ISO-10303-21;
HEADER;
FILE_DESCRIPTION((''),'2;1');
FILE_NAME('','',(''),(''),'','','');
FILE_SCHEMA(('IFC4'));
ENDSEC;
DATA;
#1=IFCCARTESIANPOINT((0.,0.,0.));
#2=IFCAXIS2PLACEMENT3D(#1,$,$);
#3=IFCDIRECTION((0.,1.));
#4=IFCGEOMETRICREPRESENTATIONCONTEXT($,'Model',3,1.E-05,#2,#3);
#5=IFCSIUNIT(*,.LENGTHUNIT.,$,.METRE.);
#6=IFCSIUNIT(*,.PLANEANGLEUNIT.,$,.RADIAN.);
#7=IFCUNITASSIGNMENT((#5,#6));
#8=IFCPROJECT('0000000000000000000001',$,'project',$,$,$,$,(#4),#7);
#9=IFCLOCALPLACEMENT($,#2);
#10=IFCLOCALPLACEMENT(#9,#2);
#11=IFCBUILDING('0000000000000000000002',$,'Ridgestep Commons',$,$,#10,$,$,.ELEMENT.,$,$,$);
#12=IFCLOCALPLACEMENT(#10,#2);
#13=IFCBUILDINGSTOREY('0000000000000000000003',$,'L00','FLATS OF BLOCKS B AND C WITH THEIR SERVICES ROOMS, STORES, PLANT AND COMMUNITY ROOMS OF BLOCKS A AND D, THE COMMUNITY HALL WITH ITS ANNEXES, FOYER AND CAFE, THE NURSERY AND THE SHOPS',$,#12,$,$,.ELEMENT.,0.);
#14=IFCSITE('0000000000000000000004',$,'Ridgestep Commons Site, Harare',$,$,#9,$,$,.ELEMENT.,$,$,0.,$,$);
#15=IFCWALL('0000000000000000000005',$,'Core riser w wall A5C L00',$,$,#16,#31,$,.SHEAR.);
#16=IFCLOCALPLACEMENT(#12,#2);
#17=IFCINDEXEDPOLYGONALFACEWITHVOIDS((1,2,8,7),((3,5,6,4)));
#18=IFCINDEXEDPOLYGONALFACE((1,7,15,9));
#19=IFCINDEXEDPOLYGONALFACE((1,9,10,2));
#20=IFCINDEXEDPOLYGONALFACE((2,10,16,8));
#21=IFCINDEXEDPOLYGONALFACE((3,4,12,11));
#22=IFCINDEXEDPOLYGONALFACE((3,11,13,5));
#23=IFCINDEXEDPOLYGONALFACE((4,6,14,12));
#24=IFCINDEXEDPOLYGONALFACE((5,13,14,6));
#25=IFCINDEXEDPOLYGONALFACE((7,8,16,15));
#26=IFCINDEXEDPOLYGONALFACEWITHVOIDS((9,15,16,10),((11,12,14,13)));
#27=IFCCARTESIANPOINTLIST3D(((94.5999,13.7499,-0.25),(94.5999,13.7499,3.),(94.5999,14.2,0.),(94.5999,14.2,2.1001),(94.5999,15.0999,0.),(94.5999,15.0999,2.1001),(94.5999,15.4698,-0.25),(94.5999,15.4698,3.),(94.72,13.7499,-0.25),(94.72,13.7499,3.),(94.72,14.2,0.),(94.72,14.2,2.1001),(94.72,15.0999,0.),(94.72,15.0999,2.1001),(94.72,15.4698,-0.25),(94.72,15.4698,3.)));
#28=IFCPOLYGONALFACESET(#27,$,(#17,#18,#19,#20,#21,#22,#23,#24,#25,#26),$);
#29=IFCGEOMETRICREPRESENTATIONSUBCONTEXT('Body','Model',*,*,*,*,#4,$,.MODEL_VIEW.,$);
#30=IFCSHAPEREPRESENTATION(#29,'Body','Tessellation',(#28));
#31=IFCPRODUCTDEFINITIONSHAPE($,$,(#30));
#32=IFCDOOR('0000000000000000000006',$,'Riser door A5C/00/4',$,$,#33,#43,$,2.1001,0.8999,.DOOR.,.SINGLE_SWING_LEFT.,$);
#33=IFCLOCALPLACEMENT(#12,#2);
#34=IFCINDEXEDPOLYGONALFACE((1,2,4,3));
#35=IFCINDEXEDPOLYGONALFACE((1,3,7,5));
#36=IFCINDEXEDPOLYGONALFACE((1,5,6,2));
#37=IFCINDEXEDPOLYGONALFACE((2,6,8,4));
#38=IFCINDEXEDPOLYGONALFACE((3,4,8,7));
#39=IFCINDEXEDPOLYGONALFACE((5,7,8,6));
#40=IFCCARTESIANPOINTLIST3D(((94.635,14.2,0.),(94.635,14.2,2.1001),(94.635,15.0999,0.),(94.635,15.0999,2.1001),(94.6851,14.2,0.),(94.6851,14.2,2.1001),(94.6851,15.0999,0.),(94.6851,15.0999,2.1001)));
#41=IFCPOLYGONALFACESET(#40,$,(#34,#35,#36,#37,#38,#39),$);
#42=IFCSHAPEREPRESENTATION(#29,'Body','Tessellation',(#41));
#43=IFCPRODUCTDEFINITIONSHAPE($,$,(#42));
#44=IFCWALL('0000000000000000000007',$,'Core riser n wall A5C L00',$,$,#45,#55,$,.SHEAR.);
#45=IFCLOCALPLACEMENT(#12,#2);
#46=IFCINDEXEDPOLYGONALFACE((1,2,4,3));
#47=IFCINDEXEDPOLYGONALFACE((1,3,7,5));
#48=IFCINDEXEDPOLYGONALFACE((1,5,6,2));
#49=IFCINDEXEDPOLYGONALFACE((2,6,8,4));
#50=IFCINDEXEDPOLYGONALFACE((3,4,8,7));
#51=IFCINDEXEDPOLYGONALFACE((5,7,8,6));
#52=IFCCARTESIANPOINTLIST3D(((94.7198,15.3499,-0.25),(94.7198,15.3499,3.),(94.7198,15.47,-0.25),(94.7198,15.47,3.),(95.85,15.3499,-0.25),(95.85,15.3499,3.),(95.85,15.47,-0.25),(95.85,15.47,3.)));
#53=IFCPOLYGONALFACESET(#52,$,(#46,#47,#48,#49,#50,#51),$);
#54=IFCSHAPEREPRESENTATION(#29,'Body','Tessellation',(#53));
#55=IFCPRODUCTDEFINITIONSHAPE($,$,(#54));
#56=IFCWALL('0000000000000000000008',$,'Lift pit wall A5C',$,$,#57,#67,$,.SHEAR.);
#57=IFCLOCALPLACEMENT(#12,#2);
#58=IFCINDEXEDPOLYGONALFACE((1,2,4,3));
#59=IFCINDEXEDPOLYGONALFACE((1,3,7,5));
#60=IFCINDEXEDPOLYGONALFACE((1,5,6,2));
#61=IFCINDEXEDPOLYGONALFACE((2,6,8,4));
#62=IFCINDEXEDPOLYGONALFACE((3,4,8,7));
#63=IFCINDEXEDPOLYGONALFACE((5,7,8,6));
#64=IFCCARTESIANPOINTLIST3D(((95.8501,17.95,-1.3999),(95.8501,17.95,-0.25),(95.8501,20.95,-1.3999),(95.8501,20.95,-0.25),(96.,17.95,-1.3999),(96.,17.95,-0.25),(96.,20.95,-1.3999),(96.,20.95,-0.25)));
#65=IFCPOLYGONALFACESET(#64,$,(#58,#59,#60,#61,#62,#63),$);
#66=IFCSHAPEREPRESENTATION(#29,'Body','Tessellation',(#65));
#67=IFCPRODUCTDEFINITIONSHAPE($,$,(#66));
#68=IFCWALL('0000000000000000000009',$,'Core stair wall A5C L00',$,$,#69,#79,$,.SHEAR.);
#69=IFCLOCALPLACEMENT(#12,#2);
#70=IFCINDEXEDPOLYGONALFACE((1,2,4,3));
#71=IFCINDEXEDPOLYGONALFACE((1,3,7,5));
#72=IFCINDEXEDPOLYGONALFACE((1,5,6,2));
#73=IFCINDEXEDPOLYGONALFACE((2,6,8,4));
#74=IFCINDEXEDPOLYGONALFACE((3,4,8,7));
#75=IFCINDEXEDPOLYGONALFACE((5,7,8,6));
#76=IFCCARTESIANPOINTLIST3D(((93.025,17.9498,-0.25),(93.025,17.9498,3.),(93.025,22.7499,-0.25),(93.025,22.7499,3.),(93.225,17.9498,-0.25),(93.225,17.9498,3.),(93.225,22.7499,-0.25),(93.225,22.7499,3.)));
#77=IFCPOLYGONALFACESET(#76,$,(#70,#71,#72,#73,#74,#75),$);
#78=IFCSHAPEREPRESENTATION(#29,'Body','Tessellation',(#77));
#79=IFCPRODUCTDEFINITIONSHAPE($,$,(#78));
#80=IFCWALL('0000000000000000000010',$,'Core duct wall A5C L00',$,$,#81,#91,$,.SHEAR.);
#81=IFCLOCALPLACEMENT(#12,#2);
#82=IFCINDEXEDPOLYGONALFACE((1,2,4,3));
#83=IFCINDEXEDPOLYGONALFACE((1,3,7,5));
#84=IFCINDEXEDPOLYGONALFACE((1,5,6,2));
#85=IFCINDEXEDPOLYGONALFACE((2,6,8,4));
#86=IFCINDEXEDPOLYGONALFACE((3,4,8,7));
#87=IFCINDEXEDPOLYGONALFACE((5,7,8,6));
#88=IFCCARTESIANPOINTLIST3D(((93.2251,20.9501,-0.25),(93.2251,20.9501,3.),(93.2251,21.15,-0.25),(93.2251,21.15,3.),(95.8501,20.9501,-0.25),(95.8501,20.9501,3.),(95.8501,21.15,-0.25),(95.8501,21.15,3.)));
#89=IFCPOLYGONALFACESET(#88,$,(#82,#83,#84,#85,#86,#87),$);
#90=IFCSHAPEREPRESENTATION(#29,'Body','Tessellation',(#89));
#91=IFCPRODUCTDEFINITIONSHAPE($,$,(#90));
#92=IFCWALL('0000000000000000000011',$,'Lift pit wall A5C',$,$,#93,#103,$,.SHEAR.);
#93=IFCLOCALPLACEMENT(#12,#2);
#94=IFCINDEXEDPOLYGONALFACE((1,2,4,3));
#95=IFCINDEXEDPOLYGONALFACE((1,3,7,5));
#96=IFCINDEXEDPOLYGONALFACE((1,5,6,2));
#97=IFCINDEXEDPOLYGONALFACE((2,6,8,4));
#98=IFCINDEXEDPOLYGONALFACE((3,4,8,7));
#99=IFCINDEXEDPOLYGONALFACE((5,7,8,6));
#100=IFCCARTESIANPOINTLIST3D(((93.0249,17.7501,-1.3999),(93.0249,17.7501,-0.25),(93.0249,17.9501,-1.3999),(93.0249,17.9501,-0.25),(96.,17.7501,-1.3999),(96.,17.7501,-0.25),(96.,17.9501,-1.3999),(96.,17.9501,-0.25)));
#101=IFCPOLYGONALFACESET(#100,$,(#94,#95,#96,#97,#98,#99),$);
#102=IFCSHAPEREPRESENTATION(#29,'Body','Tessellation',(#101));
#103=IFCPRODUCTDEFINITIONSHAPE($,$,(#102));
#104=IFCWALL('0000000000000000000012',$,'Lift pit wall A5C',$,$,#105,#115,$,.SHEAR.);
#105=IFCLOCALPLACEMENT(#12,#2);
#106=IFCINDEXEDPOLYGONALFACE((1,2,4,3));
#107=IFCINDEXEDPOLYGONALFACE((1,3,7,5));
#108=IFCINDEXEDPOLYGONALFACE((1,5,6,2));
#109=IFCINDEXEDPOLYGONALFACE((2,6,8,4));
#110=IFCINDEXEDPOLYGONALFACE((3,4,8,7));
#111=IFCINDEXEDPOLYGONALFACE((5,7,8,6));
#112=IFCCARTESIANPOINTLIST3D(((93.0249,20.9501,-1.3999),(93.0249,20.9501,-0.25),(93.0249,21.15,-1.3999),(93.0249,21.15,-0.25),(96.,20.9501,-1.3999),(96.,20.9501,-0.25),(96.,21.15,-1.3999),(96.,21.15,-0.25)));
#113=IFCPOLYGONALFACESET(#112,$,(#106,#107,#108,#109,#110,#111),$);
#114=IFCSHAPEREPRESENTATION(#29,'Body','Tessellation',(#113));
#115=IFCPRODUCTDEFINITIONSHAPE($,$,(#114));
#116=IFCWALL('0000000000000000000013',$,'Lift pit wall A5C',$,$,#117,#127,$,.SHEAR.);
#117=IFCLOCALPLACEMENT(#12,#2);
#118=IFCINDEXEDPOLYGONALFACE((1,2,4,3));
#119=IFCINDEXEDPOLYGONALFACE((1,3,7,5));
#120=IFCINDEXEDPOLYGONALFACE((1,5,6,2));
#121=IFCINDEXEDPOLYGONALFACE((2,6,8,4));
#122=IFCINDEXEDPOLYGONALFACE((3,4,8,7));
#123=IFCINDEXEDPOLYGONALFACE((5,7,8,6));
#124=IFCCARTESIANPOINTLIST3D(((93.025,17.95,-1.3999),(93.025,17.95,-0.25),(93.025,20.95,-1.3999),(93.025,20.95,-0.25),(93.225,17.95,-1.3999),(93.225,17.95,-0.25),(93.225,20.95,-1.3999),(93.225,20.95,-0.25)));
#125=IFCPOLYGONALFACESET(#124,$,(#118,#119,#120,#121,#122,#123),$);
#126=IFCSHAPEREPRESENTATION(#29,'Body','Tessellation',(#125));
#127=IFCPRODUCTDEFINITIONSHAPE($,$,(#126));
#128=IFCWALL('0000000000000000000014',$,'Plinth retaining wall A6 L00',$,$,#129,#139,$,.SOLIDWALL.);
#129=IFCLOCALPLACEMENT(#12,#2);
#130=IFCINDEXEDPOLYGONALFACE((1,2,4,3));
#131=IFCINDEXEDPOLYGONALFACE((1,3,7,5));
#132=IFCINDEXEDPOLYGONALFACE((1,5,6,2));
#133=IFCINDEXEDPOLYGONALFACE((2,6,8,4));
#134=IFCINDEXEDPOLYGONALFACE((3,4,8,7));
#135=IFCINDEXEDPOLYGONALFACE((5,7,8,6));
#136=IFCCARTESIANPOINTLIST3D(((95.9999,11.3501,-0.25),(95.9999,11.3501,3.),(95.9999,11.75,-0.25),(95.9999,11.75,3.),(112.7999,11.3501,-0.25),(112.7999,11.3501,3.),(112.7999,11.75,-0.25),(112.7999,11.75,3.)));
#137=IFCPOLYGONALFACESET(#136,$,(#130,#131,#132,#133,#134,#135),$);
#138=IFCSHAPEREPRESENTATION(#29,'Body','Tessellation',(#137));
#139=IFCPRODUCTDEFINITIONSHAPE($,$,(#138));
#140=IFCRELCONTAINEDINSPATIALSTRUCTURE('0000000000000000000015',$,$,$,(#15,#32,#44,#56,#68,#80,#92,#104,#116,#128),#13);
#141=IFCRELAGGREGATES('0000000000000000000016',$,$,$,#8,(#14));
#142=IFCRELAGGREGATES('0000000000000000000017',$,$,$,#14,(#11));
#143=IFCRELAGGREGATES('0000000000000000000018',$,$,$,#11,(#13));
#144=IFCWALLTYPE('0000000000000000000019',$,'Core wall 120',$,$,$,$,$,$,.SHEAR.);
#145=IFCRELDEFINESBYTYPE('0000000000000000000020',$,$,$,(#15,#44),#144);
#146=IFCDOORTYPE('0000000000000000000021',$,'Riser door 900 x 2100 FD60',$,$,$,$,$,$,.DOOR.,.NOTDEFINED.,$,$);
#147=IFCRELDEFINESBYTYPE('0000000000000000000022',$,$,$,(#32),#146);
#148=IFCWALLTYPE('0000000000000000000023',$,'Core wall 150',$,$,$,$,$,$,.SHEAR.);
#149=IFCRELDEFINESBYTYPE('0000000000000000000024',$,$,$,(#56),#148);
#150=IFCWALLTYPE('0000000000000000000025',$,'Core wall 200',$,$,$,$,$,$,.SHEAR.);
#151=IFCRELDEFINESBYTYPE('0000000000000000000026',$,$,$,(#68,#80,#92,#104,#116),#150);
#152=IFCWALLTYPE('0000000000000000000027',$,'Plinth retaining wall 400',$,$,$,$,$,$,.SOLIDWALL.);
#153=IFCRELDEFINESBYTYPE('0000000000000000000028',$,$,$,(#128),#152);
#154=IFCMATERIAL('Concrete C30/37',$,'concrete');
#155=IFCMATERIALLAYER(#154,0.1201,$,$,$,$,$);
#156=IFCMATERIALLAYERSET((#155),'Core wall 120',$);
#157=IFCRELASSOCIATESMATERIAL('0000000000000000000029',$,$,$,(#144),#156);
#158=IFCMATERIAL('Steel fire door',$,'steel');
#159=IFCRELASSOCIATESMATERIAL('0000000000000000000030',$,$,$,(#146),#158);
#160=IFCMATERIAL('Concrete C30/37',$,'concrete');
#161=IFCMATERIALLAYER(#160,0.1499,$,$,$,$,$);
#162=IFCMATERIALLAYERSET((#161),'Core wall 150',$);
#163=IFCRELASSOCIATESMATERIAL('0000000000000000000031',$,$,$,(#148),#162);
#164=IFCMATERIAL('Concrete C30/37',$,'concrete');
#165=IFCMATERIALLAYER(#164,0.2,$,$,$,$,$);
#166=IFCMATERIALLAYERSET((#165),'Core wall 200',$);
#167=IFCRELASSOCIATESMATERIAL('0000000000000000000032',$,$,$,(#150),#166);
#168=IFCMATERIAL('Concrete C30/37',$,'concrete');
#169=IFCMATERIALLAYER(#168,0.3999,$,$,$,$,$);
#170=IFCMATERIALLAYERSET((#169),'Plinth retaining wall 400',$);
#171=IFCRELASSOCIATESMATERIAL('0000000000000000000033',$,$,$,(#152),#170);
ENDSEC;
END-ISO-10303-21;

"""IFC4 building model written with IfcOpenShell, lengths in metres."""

from ifc_helpers import new_model, si_unit, direction, frame, frame_2d, origin, place, context, subcontext, project, spatial, rectangle, extrude, material, layer, layer_set, type_object, element, fill, save


model = new_model("IFC4")

# Units and contexts
model_context = context("Model", 3, precision=1e-05, world=origin(), true_north=direction((0.0, 1.0)))
body_context = subcontext(model_context, "Body", "Model", "MODEL_VIEW")
ifc_project = project(units=[si_unit("LENGTHUNIT", "METRE"), si_unit("PLANEANGLEUNIT", "RADIAN")], contexts=[model_context])

# Site, building, storey
site_placement = place(None, origin())
site = spatial("IfcSite", under=ifc_project, at=site_placement, Name="Ridgestep Commons Site, Harare", CompositionType="ELEMENT", RefElevation=0.0)
building_placement = place(site_placement, origin())
building = spatial("IfcBuilding", under=site, at=building_placement, Name="Ridgestep Commons", CompositionType="ELEMENT")
storey_placement = place(building_placement, origin())
storey = spatial("IfcBuildingStorey", under=building, at=storey_placement, Name="L00", Description="FLATS OF BLOCKS B AND C WITH THEIR SERVICES ROOMS, STORES, PLANT AND COMMUNITY ROOMS OF BLOCKS A AND D, THE COMMUNITY HALL WITH ITS ANNEXES, FOYER AND CAFE, THE NURSERY AND THE SHOPS", CompositionType="ELEMENT", Elevation=0.0)

# Wall, opening, door
ifc_material_1 = material(Name="Concrete C30/37", Category="concrete")
ifc_layer_1 = layer(ifc_material_1, 0.1201)
ifc_layer_set_1 = layer_set([ifc_layer_1], Name="Core wall 120")
wall_type_1 = type_object("IfcWallType", Name="Core wall 120", PredefinedType="SHEAR", material=ifc_layer_set_1)
wall_1_placement = place(storey_placement, frame((94.6599, 13.75, -0.25), z_axis=(0.0, 0.0, 1.0), x_axis=(0.0, 1.0, 0.0)))
wall_1 = element("IfcWall", 1, at=wall_1_placement, inside=storey, type_object=wall_type_1, Name="Core riser w wall A5C L00", PredefinedType="SHEAR", context=body_context, shape_type="SweptSolid", body=[
    extrude(rectangle(XDim=1.72, YDim=0.1201, at=frame_2d((0.8599, 0.0))), origin(), (0.0, 0.0, 1.0), 3.25),
])
opening_placement = place(wall_1_placement, frame((0.45, 0.0, 0.25)))
opening = element("IfcOpeningElement", 2, at=opening_placement, cuts=wall_1, PredefinedType="OPENING", context=body_context, shape_type="SweptSolid", body=[
    extrude(rectangle(XDim=0.8999, YDim=2.1001, at=frame_2d((0.45, 1.05))), frame((0.0, 0.0701, 0.0), z_axis=(0.0, -1.0, 0.0), x_axis=(1.0, 0.0, 0.0)), (0.0, 0.0, 1.0), 0.1401),
])
ifc_material_2 = material(Name="Steel fire door", Category="steel")
door_type = type_object("IfcDoorType", Name="Riser door 900 x 2100 FD60", OperationType="NOTDEFINED", PredefinedType="DOOR", material=ifc_material_2)
door_placement = place(opening_placement, origin())
door = element("IfcDoor", 3, at=door_placement, inside=storey, type_object=door_type, Name="Riser door A5C/00/4", OperationType="SINGLE_SWING_LEFT", OverallHeight=2.1001, OverallWidth=0.8999, PredefinedType="DOOR", context=body_context, shape_type="SweptSolid", body=[
    extrude(rectangle(XDim=0.8999, YDim=2.1001, at=frame_2d((0.45, 1.05))), frame((0.0, 0.0249, 0.0), z_axis=(0.0, -1.0, 0.0), x_axis=(1.0, 0.0, 0.0)), (0.0, 0.0, 1.0), 0.05),
])
fill(opening, door)

# Walls
wall_2_placement = place(storey_placement, frame((94.72, 15.4099, -0.25), z_axis=(0.0, 0.0, 1.0), x_axis=(1.0, 0.0, 0.0)))
element("IfcWall", 4, at=wall_2_placement, inside=storey, type_object=wall_type_1, Name="Core riser n wall A5C L00", PredefinedType="SHEAR", context=body_context, shape_type="SweptSolid", body=[
    extrude(rectangle(XDim=1.1301, YDim=0.1201, at=frame_2d((0.5649, 0.0))), origin(), (0.0, 0.0, 1.0), 3.25),
])
ifc_material_3 = material(Name="Concrete C30/37", Category="concrete")
ifc_layer_2 = layer(ifc_material_3, 0.1499)
ifc_layer_set_2 = layer_set([ifc_layer_2], Name="Core wall 150")
wall_type_2 = type_object("IfcWallType", Name="Core wall 150", PredefinedType="SHEAR", material=ifc_layer_set_2)
wall_3_placement = place(storey_placement, frame((95.925, 17.95, -1.3999), z_axis=(0.0, 0.0, 1.0), x_axis=(0.0, 1.0, 0.0)))
element("IfcWall", 5, at=wall_3_placement, inside=storey, type_object=wall_type_2, Name="Lift pit wall A5C", PredefinedType="SHEAR", context=body_context, shape_type="SweptSolid", body=[
    extrude(rectangle(XDim=3.0, YDim=0.1499, at=frame_2d((1.5, 0.0))), origin(), (0.0, 0.0, 1.0), 1.1499),
])
ifc_material_4 = material(Name="Concrete C30/37", Category="concrete")
ifc_layer_3 = layer(ifc_material_4, 0.2)
ifc_layer_set_3 = layer_set([ifc_layer_3], Name="Core wall 200")
wall_type_3 = type_object("IfcWallType", Name="Core wall 200", PredefinedType="SHEAR", material=ifc_layer_set_3)
wall_4_placement = place(storey_placement, frame((93.125, 17.95, -0.25), z_axis=(0.0, 0.0, 1.0), x_axis=(0.0, 1.0, 0.0)))
element("IfcWall", 6, at=wall_4_placement, inside=storey, type_object=wall_type_3, Name="Core stair wall A5C L00", PredefinedType="SHEAR", context=body_context, shape_type="SweptSolid", body=[
    extrude(rectangle(XDim=4.8, YDim=0.2, at=frame_2d((2.3999, 0.0))), origin(), (0.0, 0.0, 1.0), 3.25),
])
wall_5_placement = place(storey_placement, frame((93.2251, 21.05, -0.25), z_axis=(0.0, 0.0, 1.0), x_axis=(1.0, 0.0, 0.0)))
element("IfcWall", 7, at=wall_5_placement, inside=storey, type_object=wall_type_3, Name="Core duct wall A5C L00", PredefinedType="SHEAR", context=body_context, shape_type="SweptSolid", body=[
    extrude(rectangle(XDim=2.625, YDim=0.2, at=frame_2d((1.3125, 0.0))), origin(), (0.0, 0.0, 1.0), 3.25),
])
for number, where, z_axis, x_axis, name in (
    (8, (93.0249, 17.8501, -1.3999), (0.0, 0.0, 1.0), (1.0, 0.0, 0.0), "Lift pit wall A5C"),
    (9, (93.0249, 21.05, -1.3999), (0.0, 0.0, 1.0), (1.0, 0.0, 0.0), "Lift pit wall A5C"),
):
    element("IfcWall", number, at=place(storey_placement, frame(where, z_axis=z_axis, x_axis=x_axis)), inside=storey, type_object=wall_type_3, Name=name, PredefinedType="SHEAR", context=body_context, shape_type="SweptSolid", body=[
        extrude(rectangle(XDim=2.9751, YDim=0.2, at=frame_2d((1.4875, 0.0))), origin(), (0.0, 0.0, 1.0), 1.1499),
    ])
wall_6_placement = place(storey_placement, frame((93.125, 17.95, -1.3999), z_axis=(0.0, 0.0, 1.0), x_axis=(0.0, 1.0, 0.0)))
element("IfcWall", 10, at=wall_6_placement, inside=storey, type_object=wall_type_3, Name="Lift pit wall A5C", PredefinedType="SHEAR", context=body_context, shape_type="SweptSolid", body=[
    extrude(rectangle(XDim=3.0, YDim=0.2, at=frame_2d((1.5, 0.0))), origin(), (0.0, 0.0, 1.0), 1.1499),
])
ifc_material_5 = material(Name="Concrete C30/37", Category="concrete")
ifc_layer_4 = layer(ifc_material_5, 0.3999)
ifc_layer_set_4 = layer_set([ifc_layer_4], Name="Plinth retaining wall 400")
wall_type_4 = type_object("IfcWallType", Name="Plinth retaining wall 400", PredefinedType="SOLIDWALL", material=ifc_layer_set_4)
wall_7_placement = place(storey_placement, frame((96.0, 11.55, -0.25), z_axis=(0.0, 0.0, 1.0), x_axis=(1.0, 0.0, 0.0)))
element("IfcWall", 11, at=wall_7_placement, inside=storey, type_object=wall_type_4, Name="Plinth retaining wall A6 L00", PredefinedType="SOLIDWALL", context=body_context, shape_type="SweptSolid", body=[
    extrude(rectangle(XDim=16.8, YDim=0.3999, at=frame_2d((8.3999, 0.0))), origin(), (0.0, 0.0, 1.0), 3.25),
])

save(model, "model.ifc")
